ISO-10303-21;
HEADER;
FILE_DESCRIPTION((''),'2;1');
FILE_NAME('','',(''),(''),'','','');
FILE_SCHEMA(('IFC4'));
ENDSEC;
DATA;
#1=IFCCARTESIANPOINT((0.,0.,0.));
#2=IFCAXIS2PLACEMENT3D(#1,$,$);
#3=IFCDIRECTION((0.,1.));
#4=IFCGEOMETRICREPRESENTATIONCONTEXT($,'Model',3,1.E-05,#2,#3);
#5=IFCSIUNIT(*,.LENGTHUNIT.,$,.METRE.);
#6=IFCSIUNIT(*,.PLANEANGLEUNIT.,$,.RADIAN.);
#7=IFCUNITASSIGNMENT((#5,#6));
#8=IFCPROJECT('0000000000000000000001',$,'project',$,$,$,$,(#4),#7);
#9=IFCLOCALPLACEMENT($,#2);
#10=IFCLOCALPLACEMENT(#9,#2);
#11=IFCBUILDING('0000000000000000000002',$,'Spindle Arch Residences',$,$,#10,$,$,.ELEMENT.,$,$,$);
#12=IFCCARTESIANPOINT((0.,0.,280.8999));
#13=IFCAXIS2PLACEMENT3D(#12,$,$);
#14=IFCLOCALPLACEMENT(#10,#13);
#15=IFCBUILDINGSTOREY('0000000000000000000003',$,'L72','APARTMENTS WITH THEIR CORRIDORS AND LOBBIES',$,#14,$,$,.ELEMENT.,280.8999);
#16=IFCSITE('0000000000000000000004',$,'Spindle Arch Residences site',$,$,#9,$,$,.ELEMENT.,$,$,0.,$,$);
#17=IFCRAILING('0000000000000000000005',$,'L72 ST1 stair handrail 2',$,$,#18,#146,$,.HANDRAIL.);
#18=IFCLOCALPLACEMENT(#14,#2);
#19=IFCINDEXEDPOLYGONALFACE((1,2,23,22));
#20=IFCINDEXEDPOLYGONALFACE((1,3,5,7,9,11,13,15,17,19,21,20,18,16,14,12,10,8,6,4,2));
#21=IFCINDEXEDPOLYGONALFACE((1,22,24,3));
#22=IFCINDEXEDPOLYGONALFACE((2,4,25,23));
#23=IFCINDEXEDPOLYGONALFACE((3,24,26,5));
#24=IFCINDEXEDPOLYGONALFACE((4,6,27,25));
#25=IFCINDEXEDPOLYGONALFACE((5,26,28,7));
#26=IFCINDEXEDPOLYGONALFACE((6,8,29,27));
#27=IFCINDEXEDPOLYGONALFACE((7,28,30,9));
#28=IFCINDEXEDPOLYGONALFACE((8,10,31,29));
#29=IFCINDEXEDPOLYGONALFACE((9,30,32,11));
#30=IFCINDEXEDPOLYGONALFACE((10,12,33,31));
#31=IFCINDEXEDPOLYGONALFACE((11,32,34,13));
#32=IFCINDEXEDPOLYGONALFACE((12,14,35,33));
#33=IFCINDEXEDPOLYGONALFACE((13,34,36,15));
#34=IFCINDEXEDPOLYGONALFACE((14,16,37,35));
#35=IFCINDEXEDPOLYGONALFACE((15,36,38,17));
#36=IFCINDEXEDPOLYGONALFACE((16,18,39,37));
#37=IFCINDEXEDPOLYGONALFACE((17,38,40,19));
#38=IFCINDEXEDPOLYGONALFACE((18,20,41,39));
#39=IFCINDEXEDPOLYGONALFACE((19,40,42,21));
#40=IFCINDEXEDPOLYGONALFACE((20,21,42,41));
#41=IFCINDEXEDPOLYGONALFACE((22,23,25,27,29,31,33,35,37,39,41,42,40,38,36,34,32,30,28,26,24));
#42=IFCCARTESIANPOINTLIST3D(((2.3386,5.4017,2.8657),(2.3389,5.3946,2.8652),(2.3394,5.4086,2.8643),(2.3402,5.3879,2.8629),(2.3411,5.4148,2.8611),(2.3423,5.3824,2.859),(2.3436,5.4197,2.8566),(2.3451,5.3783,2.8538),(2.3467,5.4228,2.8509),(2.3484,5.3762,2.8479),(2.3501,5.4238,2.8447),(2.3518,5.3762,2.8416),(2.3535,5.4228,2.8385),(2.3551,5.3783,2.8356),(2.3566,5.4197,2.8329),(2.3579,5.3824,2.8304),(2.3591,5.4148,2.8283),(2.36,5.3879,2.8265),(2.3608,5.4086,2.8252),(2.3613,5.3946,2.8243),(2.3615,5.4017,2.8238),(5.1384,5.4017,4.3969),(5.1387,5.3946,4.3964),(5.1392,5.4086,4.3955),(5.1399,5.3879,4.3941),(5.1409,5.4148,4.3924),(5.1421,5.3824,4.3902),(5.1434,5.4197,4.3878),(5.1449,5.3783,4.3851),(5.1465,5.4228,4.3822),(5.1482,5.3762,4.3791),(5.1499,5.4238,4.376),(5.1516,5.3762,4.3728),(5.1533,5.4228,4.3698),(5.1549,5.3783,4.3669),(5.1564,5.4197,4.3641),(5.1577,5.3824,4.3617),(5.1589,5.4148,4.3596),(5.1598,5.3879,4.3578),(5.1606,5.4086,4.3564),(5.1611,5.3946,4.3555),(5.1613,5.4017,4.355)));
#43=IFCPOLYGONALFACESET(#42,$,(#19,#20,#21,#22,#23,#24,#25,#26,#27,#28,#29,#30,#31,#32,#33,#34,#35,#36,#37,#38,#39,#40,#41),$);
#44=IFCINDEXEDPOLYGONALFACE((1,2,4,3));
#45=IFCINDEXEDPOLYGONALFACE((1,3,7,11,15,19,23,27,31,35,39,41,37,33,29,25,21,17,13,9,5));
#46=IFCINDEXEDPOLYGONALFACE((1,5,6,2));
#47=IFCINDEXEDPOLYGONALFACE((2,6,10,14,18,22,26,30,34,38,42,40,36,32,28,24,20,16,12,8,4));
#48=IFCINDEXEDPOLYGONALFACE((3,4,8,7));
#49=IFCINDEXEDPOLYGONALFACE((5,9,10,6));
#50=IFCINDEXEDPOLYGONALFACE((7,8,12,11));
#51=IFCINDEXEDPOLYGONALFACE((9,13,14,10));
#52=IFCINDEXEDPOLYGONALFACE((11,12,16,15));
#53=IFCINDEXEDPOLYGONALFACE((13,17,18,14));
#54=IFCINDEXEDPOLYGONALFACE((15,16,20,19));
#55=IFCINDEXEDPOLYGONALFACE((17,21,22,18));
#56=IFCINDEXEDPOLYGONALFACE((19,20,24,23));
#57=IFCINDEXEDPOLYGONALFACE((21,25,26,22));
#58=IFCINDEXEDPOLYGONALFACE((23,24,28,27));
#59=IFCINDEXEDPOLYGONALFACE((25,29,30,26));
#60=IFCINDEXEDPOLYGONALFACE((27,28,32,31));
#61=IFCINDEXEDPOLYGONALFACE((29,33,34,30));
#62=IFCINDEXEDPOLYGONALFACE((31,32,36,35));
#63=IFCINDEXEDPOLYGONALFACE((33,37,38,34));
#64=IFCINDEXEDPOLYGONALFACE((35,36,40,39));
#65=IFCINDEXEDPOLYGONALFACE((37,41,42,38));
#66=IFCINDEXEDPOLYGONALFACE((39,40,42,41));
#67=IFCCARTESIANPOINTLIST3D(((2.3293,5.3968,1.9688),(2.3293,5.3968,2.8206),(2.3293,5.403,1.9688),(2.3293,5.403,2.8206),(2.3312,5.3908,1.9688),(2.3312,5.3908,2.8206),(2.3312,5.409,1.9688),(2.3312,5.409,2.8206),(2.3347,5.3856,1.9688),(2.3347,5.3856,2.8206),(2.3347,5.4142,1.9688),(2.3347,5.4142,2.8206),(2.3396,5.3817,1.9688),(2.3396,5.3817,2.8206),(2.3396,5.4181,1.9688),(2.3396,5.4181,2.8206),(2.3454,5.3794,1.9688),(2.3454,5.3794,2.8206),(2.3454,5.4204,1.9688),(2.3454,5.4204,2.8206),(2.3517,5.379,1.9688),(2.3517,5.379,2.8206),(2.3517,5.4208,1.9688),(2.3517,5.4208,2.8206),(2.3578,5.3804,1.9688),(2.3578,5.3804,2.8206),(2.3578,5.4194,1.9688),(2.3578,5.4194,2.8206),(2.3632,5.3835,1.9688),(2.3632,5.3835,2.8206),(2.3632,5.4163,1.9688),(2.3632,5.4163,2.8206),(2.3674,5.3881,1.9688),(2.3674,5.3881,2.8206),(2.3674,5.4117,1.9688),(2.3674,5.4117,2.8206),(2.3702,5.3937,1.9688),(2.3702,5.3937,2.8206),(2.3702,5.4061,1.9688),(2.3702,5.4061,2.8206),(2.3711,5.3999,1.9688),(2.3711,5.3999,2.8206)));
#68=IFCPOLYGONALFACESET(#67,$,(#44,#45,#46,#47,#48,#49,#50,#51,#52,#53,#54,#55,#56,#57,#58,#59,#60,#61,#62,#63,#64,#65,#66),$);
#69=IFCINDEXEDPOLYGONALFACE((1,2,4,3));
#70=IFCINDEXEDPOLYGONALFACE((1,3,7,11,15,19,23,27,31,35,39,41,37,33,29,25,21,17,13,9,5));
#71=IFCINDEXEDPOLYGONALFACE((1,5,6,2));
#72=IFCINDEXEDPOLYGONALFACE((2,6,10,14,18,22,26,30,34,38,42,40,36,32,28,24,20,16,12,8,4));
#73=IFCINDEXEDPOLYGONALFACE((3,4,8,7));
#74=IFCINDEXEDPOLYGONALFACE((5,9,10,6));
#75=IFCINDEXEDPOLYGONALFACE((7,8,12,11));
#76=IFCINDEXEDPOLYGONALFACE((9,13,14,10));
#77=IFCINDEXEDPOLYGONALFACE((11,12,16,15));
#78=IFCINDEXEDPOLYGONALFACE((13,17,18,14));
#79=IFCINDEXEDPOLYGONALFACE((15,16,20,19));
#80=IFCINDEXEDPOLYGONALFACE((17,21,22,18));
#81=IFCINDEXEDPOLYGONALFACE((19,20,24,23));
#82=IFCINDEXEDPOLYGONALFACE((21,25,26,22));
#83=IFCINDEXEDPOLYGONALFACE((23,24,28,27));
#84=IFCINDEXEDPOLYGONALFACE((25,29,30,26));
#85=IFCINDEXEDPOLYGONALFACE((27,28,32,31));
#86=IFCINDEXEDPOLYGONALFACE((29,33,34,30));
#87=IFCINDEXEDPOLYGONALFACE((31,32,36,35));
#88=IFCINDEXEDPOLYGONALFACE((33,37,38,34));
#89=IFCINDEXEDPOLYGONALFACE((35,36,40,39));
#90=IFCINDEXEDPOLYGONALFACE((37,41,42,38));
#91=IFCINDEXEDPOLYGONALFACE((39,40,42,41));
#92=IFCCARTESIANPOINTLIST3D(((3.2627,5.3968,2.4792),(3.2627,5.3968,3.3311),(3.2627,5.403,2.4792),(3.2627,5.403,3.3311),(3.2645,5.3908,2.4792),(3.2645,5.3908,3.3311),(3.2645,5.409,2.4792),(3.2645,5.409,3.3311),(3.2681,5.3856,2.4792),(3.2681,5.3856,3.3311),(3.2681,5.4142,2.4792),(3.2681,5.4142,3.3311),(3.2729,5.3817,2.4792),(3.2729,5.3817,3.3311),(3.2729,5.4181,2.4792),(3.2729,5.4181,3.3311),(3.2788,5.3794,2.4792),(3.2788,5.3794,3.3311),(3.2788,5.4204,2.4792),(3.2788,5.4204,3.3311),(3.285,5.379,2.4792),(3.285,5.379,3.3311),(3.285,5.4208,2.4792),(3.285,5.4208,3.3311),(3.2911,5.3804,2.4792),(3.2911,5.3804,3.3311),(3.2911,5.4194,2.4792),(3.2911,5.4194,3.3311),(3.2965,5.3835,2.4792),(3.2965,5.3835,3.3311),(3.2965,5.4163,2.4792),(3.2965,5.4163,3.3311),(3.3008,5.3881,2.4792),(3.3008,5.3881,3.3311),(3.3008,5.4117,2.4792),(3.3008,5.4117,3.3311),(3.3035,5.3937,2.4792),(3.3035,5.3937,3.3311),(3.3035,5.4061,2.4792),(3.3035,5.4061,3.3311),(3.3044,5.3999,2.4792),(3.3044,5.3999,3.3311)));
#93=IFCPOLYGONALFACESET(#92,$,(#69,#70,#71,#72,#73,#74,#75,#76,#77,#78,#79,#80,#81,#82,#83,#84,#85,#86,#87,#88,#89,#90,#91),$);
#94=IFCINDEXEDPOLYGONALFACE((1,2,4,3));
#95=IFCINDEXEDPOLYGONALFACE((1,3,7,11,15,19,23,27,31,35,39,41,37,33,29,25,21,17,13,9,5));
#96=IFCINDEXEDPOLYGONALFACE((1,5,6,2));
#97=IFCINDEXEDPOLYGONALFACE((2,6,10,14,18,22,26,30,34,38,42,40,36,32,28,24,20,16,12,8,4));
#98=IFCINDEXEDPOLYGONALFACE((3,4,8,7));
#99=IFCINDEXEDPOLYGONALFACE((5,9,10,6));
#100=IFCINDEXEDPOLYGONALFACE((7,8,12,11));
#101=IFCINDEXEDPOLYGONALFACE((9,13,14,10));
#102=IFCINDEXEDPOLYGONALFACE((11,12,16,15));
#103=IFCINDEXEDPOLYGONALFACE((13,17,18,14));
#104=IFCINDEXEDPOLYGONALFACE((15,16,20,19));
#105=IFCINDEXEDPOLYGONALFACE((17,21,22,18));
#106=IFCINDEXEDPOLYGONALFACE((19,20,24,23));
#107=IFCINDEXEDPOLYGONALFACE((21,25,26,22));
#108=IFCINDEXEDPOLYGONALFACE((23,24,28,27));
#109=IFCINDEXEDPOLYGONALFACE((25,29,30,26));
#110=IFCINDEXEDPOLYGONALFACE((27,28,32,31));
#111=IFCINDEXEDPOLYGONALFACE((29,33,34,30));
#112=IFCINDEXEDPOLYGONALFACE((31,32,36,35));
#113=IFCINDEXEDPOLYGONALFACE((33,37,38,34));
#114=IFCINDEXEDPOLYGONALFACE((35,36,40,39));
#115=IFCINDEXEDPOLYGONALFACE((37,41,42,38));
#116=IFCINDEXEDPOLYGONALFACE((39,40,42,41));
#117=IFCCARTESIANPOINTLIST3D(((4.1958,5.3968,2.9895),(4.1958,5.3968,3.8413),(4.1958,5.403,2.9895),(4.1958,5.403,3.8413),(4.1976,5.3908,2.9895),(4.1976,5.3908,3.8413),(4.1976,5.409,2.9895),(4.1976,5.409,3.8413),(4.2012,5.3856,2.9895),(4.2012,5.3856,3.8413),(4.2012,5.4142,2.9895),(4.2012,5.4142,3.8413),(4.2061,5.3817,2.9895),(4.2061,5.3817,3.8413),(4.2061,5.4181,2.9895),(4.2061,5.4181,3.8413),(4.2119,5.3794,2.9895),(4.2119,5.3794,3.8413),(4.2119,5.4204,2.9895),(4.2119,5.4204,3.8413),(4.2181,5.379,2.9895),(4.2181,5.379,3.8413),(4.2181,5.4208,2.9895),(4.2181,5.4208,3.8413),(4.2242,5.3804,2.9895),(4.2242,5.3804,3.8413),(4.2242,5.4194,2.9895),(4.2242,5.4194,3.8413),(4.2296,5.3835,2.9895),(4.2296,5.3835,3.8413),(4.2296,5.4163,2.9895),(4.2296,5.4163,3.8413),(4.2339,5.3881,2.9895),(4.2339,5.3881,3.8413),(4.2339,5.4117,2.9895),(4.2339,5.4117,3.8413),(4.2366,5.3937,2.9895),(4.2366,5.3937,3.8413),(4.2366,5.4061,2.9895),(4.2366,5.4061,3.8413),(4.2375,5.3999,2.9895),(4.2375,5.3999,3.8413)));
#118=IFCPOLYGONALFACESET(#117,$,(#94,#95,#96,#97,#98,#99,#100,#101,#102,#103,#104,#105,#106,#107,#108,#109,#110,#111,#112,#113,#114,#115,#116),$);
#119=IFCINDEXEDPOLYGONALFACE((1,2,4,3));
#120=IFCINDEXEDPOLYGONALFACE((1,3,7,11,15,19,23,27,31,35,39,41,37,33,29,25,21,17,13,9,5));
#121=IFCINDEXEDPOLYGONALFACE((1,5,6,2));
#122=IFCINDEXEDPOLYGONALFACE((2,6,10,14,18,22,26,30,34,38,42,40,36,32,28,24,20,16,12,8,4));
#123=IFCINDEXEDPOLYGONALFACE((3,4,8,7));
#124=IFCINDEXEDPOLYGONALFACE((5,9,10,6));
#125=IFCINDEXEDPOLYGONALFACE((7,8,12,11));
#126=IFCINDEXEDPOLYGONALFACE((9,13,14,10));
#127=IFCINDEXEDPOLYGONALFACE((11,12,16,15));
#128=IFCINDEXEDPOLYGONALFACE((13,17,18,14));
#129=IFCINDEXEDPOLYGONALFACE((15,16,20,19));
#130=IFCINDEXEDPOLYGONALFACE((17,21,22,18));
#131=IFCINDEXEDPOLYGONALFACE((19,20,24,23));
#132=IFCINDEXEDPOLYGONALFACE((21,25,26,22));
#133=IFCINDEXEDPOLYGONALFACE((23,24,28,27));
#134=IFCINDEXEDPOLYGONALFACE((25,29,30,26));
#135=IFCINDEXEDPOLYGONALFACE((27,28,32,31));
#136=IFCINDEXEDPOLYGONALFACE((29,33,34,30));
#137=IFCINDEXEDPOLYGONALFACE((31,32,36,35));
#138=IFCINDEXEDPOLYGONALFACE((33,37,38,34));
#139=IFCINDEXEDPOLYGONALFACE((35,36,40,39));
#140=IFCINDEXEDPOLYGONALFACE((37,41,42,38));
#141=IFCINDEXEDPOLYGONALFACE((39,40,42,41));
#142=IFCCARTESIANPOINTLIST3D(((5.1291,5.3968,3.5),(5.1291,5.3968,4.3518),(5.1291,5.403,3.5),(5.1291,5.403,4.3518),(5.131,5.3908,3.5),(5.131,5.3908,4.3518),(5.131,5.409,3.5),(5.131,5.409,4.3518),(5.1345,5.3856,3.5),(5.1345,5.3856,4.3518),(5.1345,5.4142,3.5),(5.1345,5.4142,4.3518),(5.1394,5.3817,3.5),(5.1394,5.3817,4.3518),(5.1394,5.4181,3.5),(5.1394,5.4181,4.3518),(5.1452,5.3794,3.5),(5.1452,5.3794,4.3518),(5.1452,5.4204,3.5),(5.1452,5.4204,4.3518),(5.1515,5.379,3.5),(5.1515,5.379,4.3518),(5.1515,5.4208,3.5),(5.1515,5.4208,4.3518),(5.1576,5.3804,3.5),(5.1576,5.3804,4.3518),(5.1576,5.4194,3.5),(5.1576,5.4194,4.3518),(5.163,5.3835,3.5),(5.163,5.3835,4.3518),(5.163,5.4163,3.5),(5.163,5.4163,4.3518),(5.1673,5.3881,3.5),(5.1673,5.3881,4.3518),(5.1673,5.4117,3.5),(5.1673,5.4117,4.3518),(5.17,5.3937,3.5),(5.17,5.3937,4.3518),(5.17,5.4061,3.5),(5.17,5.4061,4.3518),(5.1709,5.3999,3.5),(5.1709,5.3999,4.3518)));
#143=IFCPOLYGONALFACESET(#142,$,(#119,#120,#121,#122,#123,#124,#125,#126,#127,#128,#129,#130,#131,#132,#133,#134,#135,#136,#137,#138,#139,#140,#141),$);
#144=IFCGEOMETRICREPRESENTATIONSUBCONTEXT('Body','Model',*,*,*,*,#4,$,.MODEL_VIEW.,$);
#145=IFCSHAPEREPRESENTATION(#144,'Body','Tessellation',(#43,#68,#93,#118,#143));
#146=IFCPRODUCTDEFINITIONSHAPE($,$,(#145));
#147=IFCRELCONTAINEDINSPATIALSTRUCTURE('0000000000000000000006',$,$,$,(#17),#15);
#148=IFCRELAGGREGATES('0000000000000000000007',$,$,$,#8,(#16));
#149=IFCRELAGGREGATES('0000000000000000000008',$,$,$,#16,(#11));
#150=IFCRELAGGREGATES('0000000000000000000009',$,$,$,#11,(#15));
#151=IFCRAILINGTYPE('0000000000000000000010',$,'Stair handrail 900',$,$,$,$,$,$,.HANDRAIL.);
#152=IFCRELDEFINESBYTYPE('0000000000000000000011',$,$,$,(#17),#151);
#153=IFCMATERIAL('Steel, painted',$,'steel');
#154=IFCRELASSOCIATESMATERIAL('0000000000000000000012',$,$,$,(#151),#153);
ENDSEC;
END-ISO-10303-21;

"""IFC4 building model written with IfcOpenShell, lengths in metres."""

from ifc_helpers import new_model, si_unit, direction, frame, origin, origin_2d, place, context, subcontext, project, spatial, circle, extrude, material, type_object, element, save


model = new_model("IFC4")

# Units and contexts
model_context = context("Model", 3, precision=1e-05, world=origin(), true_north=direction((0.0, 1.0)))
body_context = subcontext(model_context, "Body", "Model", "MODEL_VIEW")
ifc_project = project(units=[si_unit("LENGTHUNIT", "METRE"), si_unit("PLANEANGLEUNIT", "RADIAN")], contexts=[model_context])

# Site, building, storey
site_placement = place(None, origin())
site = spatial("IfcSite", under=ifc_project, at=site_placement, Name="Spindle Arch Residences site", CompositionType="ELEMENT", RefElevation=0.0)
building_placement = place(site_placement, origin())
building = spatial("IfcBuilding", under=site, at=building_placement, Name="Spindle Arch Residences", CompositionType="ELEMENT")
storey_placement = place(building_placement, frame((0.0, 0.0, 280.8999)))
storey = spatial("IfcBuildingStorey", under=building, at=storey_placement, Name="L72", Description="APARTMENTS WITH THEIR CORRIDORS AND LOBBIES", CompositionType="ELEMENT", Elevation=280.8999)

# Railing
ifc_material_1 = material(Name="Steel, painted", Category="steel")
railing_type_1 = type_object("IfcRailingType", Name="Stair handrail 900", PredefinedType="HANDRAIL", material=ifc_material_1)
railing_1_placement = place(storey_placement, frame((2.3501, 5.3999, 1.9688)))
element("IfcRailing", 1, at=railing_1_placement, inside=storey, type_object=railing_type_1, Name="L72 ST1 stair handrail 2", PredefinedType="HANDRAIL", context=body_context, shape_type="SweptSolid", body=[
    extrude(circle(Radius=0.0239, at=origin_2d()), frame((0.0, 0.0, 0.876), z_axis=(0.877357, 0.0, 0.479838), x_axis=(0.0, 1.0, 0.0)), (0.0, 0.0, 1.0), 3.1912),
    extrude(circle(Radius=0.021, at=origin_2d()), origin(), (0.0, 0.0, 1.0), 0.8518),
    extrude(circle(Radius=0.021, at=origin_2d()), frame((0.9333, 0.0, 0.5105)), (0.0, 0.0, 1.0), 0.8518),
    extrude(circle(Radius=0.021, at=origin_2d()), frame((1.8665, 0.0, 1.0208)), (0.0, 0.0, 1.0), 0.8518),
    extrude(circle(Radius=0.021, at=origin_2d()), frame((2.7998, 0.0, 1.5312)), (0.0, 0.0, 1.0), 0.8518),
])

save(model, "model.ifc")
